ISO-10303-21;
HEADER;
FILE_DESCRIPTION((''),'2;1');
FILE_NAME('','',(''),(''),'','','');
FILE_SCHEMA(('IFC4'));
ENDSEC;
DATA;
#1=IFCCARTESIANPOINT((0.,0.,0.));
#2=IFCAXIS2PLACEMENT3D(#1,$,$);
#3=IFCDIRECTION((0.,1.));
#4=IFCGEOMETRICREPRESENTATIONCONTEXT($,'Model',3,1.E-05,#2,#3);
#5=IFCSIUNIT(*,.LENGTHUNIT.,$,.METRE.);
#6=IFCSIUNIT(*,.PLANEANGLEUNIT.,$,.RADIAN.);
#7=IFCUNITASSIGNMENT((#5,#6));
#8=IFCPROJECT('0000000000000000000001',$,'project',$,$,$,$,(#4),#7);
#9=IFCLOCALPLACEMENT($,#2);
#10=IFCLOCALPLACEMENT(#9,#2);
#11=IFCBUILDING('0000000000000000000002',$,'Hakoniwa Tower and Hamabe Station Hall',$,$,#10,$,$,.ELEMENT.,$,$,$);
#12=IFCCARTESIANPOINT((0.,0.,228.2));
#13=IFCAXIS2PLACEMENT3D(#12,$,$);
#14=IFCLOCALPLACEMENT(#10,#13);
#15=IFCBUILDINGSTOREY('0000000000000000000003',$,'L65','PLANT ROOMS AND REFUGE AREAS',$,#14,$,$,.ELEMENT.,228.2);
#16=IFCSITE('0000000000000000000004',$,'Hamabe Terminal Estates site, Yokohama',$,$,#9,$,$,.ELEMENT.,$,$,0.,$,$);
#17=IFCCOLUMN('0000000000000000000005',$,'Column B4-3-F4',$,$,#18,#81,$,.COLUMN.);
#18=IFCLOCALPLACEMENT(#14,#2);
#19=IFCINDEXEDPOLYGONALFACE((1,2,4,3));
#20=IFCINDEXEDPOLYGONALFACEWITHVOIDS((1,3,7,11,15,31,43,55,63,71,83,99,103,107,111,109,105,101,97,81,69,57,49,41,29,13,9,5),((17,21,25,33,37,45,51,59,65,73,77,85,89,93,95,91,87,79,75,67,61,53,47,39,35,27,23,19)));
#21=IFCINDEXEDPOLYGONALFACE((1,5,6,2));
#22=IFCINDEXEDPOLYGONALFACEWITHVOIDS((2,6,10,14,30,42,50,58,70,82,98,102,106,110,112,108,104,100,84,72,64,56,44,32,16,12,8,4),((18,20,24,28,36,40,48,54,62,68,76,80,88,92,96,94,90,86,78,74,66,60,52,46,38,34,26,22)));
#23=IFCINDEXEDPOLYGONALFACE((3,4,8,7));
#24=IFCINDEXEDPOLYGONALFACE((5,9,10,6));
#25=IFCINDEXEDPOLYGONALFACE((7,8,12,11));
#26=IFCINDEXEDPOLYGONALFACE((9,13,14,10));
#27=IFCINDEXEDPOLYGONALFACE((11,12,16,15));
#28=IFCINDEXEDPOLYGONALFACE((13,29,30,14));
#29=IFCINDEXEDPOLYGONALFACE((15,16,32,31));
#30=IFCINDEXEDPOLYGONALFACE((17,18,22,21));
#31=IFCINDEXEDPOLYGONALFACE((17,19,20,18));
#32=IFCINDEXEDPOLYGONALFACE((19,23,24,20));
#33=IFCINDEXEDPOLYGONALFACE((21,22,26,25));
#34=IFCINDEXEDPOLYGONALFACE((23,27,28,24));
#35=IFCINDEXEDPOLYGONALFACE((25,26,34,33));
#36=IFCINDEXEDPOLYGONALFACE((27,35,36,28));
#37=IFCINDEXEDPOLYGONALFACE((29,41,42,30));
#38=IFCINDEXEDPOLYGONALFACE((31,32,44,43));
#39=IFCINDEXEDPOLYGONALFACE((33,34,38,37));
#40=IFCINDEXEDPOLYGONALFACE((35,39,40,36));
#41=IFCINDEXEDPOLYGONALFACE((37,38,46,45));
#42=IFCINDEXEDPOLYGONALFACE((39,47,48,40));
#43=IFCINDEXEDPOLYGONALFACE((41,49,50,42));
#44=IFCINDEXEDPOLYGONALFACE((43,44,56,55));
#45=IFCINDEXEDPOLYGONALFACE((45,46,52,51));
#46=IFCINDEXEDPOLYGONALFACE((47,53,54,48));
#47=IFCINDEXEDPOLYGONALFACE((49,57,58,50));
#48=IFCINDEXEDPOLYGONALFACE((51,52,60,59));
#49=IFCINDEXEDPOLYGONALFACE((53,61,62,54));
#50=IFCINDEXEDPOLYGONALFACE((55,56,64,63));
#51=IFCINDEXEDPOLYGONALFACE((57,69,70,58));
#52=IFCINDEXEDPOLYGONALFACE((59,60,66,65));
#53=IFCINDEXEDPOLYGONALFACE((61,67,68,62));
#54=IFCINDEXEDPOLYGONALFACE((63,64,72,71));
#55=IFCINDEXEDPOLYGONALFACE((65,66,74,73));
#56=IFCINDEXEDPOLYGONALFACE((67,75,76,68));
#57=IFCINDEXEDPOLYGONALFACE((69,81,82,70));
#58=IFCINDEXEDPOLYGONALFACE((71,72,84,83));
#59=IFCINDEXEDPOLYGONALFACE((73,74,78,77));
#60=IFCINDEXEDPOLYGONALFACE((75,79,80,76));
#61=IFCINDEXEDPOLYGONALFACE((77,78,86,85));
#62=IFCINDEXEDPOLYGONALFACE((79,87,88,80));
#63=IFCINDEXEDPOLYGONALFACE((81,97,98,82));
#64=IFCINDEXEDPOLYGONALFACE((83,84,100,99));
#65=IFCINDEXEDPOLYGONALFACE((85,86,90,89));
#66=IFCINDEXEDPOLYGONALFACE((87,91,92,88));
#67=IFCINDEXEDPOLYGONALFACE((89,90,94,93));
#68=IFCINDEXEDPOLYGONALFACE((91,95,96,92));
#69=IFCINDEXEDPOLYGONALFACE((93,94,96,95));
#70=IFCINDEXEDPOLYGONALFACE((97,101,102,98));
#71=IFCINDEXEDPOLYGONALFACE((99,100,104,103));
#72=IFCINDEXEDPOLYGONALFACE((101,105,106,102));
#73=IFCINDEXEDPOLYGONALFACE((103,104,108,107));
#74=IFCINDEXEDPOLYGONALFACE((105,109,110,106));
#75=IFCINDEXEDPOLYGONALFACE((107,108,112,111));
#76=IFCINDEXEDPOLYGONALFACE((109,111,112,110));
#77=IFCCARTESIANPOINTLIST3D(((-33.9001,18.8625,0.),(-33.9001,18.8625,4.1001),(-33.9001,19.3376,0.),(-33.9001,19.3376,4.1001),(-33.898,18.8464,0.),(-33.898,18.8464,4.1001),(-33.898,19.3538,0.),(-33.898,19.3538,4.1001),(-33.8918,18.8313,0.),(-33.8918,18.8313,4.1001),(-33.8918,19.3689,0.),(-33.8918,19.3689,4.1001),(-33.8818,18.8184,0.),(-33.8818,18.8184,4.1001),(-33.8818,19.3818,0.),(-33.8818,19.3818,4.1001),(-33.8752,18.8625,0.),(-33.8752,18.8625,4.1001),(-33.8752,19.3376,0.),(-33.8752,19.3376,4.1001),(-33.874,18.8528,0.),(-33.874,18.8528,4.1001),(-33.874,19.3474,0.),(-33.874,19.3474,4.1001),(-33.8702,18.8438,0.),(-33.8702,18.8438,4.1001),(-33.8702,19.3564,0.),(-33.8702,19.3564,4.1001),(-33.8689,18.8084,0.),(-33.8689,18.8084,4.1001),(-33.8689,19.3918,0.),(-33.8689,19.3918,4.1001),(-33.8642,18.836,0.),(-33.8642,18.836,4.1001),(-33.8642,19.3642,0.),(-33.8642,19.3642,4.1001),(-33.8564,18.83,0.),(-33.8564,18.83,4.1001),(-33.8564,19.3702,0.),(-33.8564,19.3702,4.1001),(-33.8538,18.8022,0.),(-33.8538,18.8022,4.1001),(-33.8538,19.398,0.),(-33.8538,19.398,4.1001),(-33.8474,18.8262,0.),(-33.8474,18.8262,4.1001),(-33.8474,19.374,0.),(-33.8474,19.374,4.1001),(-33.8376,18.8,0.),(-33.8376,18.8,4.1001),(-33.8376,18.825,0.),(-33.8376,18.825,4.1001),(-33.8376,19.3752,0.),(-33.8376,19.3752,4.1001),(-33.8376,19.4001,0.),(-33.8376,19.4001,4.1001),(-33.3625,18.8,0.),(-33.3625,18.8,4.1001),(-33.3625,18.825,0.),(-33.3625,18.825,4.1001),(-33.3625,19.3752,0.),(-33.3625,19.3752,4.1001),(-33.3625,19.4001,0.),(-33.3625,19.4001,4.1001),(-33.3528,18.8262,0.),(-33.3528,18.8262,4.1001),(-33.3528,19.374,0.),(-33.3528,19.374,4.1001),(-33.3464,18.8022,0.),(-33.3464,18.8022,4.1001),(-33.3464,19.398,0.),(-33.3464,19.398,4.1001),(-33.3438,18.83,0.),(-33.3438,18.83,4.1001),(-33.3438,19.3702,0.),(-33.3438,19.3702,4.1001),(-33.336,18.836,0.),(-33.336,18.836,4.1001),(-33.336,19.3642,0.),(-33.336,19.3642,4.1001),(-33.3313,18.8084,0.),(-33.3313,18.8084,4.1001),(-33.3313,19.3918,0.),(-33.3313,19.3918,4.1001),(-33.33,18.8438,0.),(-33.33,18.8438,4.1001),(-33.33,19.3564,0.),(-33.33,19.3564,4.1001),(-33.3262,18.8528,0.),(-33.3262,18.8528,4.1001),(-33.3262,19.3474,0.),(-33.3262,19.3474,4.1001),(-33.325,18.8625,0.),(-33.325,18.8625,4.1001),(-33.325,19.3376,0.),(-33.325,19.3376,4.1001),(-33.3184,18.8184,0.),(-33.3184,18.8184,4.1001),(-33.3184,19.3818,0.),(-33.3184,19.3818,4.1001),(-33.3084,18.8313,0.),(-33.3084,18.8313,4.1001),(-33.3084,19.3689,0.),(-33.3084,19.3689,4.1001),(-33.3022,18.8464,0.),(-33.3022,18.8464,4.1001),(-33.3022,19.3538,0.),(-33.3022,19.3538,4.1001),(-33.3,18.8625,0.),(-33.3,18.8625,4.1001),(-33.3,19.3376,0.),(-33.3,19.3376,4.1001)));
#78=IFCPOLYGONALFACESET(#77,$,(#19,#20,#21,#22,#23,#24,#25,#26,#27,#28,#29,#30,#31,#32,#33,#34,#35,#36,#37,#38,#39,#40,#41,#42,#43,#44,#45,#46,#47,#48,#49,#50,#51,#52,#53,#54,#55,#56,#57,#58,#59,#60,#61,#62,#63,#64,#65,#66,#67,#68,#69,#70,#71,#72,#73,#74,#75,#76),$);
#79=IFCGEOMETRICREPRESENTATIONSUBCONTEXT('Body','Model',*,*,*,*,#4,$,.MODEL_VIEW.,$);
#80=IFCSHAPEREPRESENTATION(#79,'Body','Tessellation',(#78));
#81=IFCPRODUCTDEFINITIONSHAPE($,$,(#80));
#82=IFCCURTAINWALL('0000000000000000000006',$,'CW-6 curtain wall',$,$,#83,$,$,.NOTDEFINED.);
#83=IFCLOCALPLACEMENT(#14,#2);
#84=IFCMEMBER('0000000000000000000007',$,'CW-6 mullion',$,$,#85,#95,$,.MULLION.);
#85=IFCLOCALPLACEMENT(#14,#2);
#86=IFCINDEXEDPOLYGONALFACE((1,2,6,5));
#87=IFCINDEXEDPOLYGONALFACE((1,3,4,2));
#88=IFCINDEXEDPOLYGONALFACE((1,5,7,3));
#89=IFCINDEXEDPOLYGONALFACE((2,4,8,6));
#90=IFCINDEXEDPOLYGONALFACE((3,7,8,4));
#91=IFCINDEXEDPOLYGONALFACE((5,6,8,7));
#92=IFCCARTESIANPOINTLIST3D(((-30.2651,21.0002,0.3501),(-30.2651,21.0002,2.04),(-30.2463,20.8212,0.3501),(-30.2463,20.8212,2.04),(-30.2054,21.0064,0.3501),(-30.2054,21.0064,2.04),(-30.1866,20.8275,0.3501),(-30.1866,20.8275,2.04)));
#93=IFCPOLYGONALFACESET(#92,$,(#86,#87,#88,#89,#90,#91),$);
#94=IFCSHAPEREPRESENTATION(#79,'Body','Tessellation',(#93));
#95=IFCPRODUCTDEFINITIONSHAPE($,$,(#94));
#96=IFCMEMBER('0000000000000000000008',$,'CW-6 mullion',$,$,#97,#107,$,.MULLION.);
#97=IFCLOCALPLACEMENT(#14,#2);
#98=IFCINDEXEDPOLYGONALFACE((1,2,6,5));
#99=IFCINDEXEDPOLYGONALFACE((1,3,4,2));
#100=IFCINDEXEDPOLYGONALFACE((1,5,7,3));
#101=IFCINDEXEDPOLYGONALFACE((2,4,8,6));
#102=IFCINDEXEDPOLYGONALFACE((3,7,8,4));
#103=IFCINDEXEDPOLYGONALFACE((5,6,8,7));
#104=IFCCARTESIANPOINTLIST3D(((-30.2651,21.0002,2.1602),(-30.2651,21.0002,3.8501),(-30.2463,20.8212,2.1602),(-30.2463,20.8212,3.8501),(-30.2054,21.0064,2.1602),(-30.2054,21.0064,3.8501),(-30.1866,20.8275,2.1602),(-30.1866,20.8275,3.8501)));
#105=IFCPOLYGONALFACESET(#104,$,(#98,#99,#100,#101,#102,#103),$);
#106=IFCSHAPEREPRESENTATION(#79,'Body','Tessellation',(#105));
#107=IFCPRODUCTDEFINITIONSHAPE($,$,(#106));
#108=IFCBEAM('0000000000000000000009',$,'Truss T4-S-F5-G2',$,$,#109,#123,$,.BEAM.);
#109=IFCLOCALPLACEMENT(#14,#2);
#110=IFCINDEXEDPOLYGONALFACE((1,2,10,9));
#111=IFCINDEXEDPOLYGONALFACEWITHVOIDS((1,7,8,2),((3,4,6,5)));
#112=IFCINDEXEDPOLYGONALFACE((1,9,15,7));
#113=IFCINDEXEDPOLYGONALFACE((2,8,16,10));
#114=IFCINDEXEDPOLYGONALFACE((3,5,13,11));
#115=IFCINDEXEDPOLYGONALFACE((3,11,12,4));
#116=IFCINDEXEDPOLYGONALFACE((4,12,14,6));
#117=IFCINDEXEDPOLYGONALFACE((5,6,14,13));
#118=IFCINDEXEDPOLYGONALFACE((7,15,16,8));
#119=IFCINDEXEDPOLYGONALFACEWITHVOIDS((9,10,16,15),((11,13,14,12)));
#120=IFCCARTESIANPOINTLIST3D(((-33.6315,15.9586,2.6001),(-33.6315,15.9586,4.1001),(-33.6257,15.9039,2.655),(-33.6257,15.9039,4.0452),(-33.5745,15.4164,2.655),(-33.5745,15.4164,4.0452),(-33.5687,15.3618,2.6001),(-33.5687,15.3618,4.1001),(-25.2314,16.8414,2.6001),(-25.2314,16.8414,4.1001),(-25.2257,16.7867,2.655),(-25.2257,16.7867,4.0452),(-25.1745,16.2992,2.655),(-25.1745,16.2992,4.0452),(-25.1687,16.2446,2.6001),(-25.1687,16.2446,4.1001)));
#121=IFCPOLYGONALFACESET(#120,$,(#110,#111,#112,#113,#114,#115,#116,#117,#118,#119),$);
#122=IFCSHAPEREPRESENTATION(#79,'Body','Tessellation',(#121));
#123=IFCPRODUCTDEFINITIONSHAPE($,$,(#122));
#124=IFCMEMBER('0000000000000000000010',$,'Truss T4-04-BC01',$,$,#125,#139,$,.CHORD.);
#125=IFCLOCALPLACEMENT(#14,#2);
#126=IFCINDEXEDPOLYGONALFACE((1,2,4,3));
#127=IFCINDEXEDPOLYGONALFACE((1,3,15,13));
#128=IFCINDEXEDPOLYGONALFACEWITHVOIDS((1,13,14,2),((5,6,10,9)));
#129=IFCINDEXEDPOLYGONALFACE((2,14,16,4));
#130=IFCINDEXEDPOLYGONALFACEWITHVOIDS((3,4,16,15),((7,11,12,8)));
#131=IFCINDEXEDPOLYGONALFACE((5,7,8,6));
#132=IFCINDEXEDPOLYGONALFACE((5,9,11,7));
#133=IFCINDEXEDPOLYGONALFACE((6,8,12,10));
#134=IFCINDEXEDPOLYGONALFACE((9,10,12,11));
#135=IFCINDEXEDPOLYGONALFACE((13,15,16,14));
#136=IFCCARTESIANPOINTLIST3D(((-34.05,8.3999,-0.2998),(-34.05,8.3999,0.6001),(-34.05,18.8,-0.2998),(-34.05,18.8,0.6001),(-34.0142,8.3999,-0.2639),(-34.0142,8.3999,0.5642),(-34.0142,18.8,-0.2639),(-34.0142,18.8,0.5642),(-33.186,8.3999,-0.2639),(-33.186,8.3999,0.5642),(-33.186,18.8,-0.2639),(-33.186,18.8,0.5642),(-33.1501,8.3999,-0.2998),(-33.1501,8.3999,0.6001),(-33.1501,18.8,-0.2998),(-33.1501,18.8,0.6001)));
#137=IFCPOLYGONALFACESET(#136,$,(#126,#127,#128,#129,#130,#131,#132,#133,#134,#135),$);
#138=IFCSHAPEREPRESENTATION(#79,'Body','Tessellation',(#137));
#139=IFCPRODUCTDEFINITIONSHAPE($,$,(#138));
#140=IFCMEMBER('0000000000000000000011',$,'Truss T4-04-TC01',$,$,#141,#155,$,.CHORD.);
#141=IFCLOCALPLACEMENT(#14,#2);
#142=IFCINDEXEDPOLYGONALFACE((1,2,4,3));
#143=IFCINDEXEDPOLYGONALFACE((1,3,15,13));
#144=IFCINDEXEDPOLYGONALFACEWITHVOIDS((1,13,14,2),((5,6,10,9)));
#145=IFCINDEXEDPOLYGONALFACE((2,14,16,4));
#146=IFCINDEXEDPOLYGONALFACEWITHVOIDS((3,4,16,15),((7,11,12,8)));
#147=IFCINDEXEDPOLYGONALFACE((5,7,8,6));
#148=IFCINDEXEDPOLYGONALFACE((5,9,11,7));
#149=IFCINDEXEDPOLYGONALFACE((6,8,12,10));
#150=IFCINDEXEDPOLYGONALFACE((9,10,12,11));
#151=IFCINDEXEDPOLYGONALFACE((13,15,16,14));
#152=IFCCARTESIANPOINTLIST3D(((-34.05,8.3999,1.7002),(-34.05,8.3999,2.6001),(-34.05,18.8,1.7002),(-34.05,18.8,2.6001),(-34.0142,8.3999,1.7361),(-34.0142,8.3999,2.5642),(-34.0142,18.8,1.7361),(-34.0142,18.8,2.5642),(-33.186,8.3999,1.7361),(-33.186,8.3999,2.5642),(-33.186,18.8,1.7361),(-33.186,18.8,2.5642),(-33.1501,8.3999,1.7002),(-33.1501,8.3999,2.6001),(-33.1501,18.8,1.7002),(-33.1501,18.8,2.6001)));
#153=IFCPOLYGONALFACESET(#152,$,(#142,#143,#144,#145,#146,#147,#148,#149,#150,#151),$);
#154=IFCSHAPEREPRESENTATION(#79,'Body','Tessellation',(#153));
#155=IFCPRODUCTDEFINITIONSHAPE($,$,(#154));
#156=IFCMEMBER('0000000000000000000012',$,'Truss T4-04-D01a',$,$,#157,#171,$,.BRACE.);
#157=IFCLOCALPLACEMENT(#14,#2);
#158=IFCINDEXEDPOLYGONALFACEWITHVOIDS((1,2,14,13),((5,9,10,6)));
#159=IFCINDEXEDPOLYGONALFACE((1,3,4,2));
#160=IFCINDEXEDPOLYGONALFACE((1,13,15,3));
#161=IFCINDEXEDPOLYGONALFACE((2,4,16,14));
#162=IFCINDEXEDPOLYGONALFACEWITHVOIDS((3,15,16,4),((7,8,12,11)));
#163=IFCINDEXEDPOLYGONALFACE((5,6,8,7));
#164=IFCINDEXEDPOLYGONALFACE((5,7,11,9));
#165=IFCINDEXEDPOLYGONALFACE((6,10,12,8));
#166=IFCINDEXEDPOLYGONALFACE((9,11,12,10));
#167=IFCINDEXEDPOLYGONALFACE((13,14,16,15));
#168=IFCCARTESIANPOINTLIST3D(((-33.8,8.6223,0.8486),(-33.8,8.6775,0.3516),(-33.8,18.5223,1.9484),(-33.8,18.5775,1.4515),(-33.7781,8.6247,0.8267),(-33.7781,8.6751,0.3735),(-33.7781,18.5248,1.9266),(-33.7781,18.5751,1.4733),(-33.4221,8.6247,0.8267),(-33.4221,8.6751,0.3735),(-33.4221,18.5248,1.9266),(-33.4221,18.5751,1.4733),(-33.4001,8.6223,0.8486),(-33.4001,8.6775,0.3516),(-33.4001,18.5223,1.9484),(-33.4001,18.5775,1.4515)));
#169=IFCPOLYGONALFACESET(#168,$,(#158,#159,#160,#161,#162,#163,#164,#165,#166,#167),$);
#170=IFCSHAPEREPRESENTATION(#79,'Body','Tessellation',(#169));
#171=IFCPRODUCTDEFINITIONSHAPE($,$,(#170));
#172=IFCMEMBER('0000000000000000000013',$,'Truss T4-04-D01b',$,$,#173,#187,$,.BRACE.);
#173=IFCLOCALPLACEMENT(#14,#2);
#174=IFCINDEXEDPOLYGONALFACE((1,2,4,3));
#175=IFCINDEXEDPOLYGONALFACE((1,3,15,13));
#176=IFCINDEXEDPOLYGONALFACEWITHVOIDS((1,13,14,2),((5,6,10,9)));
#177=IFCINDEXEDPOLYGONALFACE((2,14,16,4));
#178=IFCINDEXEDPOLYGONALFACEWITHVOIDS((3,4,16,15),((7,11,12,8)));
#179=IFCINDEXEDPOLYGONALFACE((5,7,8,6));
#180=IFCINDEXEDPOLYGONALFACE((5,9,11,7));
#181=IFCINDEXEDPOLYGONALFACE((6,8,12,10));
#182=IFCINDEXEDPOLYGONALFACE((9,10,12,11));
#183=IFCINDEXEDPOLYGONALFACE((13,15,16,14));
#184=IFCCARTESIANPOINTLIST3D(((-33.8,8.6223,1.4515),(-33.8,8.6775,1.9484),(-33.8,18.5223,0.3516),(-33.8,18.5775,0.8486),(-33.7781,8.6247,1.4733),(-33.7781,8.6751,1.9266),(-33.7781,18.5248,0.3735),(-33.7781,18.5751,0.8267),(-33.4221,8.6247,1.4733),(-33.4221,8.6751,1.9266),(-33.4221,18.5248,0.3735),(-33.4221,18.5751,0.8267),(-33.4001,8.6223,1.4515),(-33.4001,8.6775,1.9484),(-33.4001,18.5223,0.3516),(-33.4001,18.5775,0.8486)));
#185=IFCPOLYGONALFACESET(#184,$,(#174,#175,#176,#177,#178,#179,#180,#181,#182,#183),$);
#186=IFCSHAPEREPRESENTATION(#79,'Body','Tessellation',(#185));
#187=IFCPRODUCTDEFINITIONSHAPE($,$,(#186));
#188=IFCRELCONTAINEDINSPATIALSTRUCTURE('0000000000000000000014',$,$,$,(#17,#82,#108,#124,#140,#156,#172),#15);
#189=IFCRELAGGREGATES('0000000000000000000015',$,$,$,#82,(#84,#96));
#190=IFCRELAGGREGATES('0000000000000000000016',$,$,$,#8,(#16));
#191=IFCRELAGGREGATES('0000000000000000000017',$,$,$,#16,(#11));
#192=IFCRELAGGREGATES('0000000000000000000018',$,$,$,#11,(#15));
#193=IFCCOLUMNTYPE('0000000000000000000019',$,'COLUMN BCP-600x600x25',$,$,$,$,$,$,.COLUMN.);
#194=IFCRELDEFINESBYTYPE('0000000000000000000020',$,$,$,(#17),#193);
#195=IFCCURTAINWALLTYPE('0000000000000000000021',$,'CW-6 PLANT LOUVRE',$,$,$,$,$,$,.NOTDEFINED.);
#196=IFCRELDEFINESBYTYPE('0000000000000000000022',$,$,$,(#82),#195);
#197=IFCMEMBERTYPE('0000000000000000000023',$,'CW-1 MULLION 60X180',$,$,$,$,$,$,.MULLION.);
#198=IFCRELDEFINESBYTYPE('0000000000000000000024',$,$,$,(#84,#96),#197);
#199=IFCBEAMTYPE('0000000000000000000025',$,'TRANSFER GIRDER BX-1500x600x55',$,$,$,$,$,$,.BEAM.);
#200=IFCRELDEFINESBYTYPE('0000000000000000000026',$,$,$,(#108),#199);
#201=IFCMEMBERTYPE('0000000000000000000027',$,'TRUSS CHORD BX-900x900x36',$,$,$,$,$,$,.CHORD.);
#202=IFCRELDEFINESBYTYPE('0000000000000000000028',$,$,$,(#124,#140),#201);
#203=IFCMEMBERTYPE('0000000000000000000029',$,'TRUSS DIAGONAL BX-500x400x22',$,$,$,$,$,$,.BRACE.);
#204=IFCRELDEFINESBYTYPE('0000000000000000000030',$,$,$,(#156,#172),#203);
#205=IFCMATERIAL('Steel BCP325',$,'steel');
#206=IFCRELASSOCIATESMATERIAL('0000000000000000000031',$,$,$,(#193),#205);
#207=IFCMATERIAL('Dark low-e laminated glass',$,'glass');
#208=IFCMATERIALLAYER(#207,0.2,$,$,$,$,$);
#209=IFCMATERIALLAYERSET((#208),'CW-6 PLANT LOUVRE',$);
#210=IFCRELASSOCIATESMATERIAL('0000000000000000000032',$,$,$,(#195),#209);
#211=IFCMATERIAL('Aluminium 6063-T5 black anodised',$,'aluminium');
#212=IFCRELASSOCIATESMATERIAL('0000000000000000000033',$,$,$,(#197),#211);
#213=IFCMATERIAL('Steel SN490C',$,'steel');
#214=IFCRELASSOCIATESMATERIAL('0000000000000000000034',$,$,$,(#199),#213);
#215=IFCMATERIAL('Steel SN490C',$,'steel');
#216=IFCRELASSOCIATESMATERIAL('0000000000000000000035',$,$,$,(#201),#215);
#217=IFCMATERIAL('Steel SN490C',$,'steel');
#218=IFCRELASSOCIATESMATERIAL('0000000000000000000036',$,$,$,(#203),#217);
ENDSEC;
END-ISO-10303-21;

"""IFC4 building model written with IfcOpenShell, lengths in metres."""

from ifc_helpers import new_model, si_unit, direction, frame, origin, origin_2d, place, context, subcontext, project, spatial, rectangle, hollow_rectangle, extrude, material, layer, layer_set, material_profile, profile_set, type_object, element, aggregate, save


model = new_model("IFC4")

# Units and contexts
model_context = context("Model", 3, precision=1e-05, world=origin(), true_north=direction((0.0, 1.0)))
body_context = subcontext(model_context, "Body", "Model", "MODEL_VIEW")
ifc_project = project(units=[si_unit("LENGTHUNIT", "METRE"), si_unit("PLANEANGLEUNIT", "RADIAN")], contexts=[model_context])

# Site, building, storey
site_placement = place(None, origin())
site = spatial("IfcSite", under=ifc_project, at=site_placement, Name="Hamabe Terminal Estates site, Yokohama", CompositionType="ELEMENT", RefElevation=0.0)
building_placement = place(site_placement, origin())
building = spatial("IfcBuilding", under=site, at=building_placement, Name="Hakoniwa Tower and Hamabe Station Hall", CompositionType="ELEMENT")
storey_placement = place(building_placement, frame((0.0, 0.0, 228.2)))
storey = spatial("IfcBuildingStorey", under=building, at=storey_placement, Name="L65", Description="PLANT ROOMS AND REFUGE AREAS", CompositionType="ELEMENT", Elevation=228.2)

# Column
ifc_material_1 = material(Name="Steel BCP325", Category="steel")
ifc_material_profile_1 = material_profile(ifc_material_1, hollow_rectangle(XDim=0.6001, YDim=0.6001, WallThickness=0.0249, InnerFilletRadius=0.0376, OuterFilletRadius=0.0625, at=origin_2d()), Name="BCP-600x600x25")
ifc_profile_set_1 = profile_set([ifc_material_profile_1], Name="Steel BCP325")
column_type = type_object("IfcColumnType", Name="COLUMN BCP-600x600x25", PredefinedType="COLUMN", material=ifc_profile_set_1)
column_placement = place(storey_placement, frame((-33.6001, 19.1001, 0.0), z_axis=(0.0, 0.0, 1.0), x_axis=(1.0, 0.0, 0.0)))
element("IfcColumn", 1, at=column_placement, inside=storey, type_object=column_type, Name="Column B4-3-F4", PredefinedType="COLUMN", context=body_context, shape_type="SweptSolid", body=[
    extrude(hollow_rectangle(XDim=0.6001, YDim=0.6001, WallThickness=0.0249, InnerFilletRadius=0.0376, OuterFilletRadius=0.0625, at=origin_2d()), origin(), (0.0, 0.0, 1.0), 4.1001),
])

# Curtain wall, members
ifc_material_2 = material(Name="Dark low-e laminated glass", Category="glass")
ifc_layer_1 = layer(ifc_material_2, 0.2)
ifc_layer_set_1 = layer_set([ifc_layer_1], Name="CW-6 PLANT LOUVRE")
curtain_wall_type = type_object("IfcCurtainWallType", Name="CW-6 PLANT LOUVRE", PredefinedType="NOTDEFINED", material=ifc_layer_set_1)
curtain_wall_placement = place(storey_placement, origin())
curtain_wall = element("IfcCurtainWall", 2, at=curtain_wall_placement, inside=storey, type_object=curtain_wall_type, Name="CW-6 curtain wall", PredefinedType="NOTDEFINED")
ifc_material_3 = material(Name="Aluminium 6063-T5 black anodised", Category="aluminium")
ifc_material_profile_2 = material_profile(ifc_material_3, rectangle(XDim=0.0601, YDim=0.1799, at=origin_2d()), Name="CW-1 MULLION 60X180")
ifc_profile_set_2 = profile_set([ifc_material_profile_2], Name="Aluminium 6063-T5 black anodised")
member_type_1 = type_object("IfcMemberType", Name="CW-1 MULLION 60X180", PredefinedType="MULLION", material=ifc_profile_set_2)
member_1_placement = place(storey_placement, frame((-30.2258, 20.9138, 0.3501), z_axis=(0.0, 0.0, 1.0), x_axis=(-0.994522, -0.104528, 0.0)))
member_1 = element("IfcMember", 3, at=member_1_placement, type_object=member_type_1, Name="CW-6 mullion", PredefinedType="MULLION", context=body_context, shape_type="SweptSolid", body=[
    extrude(rectangle(XDim=0.0601, YDim=0.1799, at=origin_2d()), origin(), (0.0, 0.0, 1.0), 1.6899),
])
member_2_placement = place(storey_placement, frame((-30.2258, 20.9138, 2.1602), z_axis=(0.0, 0.0, 1.0), x_axis=(-0.994522, -0.104528, 0.0)))
member_2 = element("IfcMember", 4, at=member_2_placement, type_object=member_type_1, Name="CW-6 mullion", PredefinedType="MULLION", context=body_context, shape_type="SweptSolid", body=[
    extrude(rectangle(XDim=0.0601, YDim=0.1799, at=origin_2d()), origin(), (0.0, 0.0, 1.0), 1.6899),
])

# Beam
ifc_material_4 = material(Name="Steel SN490C", Category="steel")
ifc_material_profile_3 = material_profile(ifc_material_4, hollow_rectangle(XDim=0.6001, YDim=1.5, WallThickness=0.0549, at=origin_2d()), Name="BX-1500x600x55")
ifc_profile_set_3 = profile_set([ifc_material_profile_3], Name="Steel SN490C")
beam_type = type_object("IfcBeamType", Name="TRANSFER GIRDER BX-1500x600x55", PredefinedType="BEAM", material=ifc_profile_set_3)
beam_placement = place(storey_placement, frame((-33.6001, 15.6602, 3.3501), z_axis=(0.994523, 0.104519, 0.0), x_axis=(-0.104519, 0.994523, 0.0)))
element("IfcBeam", 5, at=beam_placement, inside=storey, type_object=beam_type, Name="Truss T4-S-F5-G2", PredefinedType="BEAM", context=body_context, shape_type="SweptSolid", body=[
    extrude(hollow_rectangle(XDim=0.6001, YDim=1.5, WallThickness=0.0549, at=origin_2d()), origin(), (0.0, 0.0, 1.0), 8.4463),
])

# Members
ifc_material_5 = material(Name="Steel SN490C", Category="steel")
ifc_material_profile_4 = material_profile(ifc_material_5, hollow_rectangle(XDim=0.8999, YDim=0.8999, WallThickness=0.0359, at=origin_2d()), Name="BX-900x900x36")
ifc_profile_set_4 = profile_set([ifc_material_profile_4], Name="Steel SN490C")
member_type_2 = type_object("IfcMemberType", Name="TRUSS CHORD BX-900x900x36", PredefinedType="CHORD", material=ifc_profile_set_4)
for number, where, z_axis, x_axis, name in (
    (6, (-33.6001, 8.3999, 0.1501), (0.0, 1.0, 0.0), (-1.0, 0.0, 0.0), "Truss T4-04-BC01"),
    (7, (-33.6001, 8.3999, 2.1501), (0.0, 1.0, 0.0), (-1.0, 0.0, 0.0), "Truss T4-04-TC01"),
):
    element("IfcMember", number, at=place(storey_placement, frame(where, z_axis=z_axis, x_axis=x_axis)), inside=storey, type_object=member_type_2, Name=name, PredefinedType="CHORD", context=body_context, shape_type="SweptSolid", body=[
        extrude(hollow_rectangle(XDim=0.8999, YDim=0.8999, WallThickness=0.0359, at=origin_2d()), origin(), (0.0, 0.0, 1.0), 10.4001),
    ])
ifc_material_6 = material(Name="Steel SN490C", Category="steel")
ifc_material_profile_5 = material_profile(ifc_material_6, hollow_rectangle(XDim=0.3999, YDim=0.5, WallThickness=0.022, at=origin_2d()), Name="BX-500x400x22")
ifc_profile_set_5 = profile_set([ifc_material_profile_5], Name="Steel SN490C")
member_type_3 = type_object("IfcMemberType", Name="TRUSS DIAGONAL BX-500x400x22", PredefinedType="BRACE", material=ifc_profile_set_5)
for number, where, z_axis, x_axis, name in (
    (8, (-33.6001, 8.6499, 0.6001), (0.0, 0.993886, 0.110415), (-1.0, 0.0, 0.0), "Truss T4-04-D01a"),
    (9, (-33.6001, 8.6499, 1.7), (0.0, 0.993886, -0.110415), (-1.0, 0.0, 0.0), "Truss T4-04-D01b"),
):
    element("IfcMember", number, at=place(storey_placement, frame(where, z_axis=z_axis, x_axis=x_axis)), inside=storey, type_object=member_type_3, Name=name, PredefinedType="BRACE", context=body_context, shape_type="SweptSolid", body=[
        extrude(hollow_rectangle(XDim=0.3999, YDim=0.5, WallThickness=0.022, at=origin_2d()), origin(), (0.0, 0.0, 1.0), 9.9609),
    ])

aggregate(curtain_wall, [member_1, member_2])

save(model, "model.ifc")
